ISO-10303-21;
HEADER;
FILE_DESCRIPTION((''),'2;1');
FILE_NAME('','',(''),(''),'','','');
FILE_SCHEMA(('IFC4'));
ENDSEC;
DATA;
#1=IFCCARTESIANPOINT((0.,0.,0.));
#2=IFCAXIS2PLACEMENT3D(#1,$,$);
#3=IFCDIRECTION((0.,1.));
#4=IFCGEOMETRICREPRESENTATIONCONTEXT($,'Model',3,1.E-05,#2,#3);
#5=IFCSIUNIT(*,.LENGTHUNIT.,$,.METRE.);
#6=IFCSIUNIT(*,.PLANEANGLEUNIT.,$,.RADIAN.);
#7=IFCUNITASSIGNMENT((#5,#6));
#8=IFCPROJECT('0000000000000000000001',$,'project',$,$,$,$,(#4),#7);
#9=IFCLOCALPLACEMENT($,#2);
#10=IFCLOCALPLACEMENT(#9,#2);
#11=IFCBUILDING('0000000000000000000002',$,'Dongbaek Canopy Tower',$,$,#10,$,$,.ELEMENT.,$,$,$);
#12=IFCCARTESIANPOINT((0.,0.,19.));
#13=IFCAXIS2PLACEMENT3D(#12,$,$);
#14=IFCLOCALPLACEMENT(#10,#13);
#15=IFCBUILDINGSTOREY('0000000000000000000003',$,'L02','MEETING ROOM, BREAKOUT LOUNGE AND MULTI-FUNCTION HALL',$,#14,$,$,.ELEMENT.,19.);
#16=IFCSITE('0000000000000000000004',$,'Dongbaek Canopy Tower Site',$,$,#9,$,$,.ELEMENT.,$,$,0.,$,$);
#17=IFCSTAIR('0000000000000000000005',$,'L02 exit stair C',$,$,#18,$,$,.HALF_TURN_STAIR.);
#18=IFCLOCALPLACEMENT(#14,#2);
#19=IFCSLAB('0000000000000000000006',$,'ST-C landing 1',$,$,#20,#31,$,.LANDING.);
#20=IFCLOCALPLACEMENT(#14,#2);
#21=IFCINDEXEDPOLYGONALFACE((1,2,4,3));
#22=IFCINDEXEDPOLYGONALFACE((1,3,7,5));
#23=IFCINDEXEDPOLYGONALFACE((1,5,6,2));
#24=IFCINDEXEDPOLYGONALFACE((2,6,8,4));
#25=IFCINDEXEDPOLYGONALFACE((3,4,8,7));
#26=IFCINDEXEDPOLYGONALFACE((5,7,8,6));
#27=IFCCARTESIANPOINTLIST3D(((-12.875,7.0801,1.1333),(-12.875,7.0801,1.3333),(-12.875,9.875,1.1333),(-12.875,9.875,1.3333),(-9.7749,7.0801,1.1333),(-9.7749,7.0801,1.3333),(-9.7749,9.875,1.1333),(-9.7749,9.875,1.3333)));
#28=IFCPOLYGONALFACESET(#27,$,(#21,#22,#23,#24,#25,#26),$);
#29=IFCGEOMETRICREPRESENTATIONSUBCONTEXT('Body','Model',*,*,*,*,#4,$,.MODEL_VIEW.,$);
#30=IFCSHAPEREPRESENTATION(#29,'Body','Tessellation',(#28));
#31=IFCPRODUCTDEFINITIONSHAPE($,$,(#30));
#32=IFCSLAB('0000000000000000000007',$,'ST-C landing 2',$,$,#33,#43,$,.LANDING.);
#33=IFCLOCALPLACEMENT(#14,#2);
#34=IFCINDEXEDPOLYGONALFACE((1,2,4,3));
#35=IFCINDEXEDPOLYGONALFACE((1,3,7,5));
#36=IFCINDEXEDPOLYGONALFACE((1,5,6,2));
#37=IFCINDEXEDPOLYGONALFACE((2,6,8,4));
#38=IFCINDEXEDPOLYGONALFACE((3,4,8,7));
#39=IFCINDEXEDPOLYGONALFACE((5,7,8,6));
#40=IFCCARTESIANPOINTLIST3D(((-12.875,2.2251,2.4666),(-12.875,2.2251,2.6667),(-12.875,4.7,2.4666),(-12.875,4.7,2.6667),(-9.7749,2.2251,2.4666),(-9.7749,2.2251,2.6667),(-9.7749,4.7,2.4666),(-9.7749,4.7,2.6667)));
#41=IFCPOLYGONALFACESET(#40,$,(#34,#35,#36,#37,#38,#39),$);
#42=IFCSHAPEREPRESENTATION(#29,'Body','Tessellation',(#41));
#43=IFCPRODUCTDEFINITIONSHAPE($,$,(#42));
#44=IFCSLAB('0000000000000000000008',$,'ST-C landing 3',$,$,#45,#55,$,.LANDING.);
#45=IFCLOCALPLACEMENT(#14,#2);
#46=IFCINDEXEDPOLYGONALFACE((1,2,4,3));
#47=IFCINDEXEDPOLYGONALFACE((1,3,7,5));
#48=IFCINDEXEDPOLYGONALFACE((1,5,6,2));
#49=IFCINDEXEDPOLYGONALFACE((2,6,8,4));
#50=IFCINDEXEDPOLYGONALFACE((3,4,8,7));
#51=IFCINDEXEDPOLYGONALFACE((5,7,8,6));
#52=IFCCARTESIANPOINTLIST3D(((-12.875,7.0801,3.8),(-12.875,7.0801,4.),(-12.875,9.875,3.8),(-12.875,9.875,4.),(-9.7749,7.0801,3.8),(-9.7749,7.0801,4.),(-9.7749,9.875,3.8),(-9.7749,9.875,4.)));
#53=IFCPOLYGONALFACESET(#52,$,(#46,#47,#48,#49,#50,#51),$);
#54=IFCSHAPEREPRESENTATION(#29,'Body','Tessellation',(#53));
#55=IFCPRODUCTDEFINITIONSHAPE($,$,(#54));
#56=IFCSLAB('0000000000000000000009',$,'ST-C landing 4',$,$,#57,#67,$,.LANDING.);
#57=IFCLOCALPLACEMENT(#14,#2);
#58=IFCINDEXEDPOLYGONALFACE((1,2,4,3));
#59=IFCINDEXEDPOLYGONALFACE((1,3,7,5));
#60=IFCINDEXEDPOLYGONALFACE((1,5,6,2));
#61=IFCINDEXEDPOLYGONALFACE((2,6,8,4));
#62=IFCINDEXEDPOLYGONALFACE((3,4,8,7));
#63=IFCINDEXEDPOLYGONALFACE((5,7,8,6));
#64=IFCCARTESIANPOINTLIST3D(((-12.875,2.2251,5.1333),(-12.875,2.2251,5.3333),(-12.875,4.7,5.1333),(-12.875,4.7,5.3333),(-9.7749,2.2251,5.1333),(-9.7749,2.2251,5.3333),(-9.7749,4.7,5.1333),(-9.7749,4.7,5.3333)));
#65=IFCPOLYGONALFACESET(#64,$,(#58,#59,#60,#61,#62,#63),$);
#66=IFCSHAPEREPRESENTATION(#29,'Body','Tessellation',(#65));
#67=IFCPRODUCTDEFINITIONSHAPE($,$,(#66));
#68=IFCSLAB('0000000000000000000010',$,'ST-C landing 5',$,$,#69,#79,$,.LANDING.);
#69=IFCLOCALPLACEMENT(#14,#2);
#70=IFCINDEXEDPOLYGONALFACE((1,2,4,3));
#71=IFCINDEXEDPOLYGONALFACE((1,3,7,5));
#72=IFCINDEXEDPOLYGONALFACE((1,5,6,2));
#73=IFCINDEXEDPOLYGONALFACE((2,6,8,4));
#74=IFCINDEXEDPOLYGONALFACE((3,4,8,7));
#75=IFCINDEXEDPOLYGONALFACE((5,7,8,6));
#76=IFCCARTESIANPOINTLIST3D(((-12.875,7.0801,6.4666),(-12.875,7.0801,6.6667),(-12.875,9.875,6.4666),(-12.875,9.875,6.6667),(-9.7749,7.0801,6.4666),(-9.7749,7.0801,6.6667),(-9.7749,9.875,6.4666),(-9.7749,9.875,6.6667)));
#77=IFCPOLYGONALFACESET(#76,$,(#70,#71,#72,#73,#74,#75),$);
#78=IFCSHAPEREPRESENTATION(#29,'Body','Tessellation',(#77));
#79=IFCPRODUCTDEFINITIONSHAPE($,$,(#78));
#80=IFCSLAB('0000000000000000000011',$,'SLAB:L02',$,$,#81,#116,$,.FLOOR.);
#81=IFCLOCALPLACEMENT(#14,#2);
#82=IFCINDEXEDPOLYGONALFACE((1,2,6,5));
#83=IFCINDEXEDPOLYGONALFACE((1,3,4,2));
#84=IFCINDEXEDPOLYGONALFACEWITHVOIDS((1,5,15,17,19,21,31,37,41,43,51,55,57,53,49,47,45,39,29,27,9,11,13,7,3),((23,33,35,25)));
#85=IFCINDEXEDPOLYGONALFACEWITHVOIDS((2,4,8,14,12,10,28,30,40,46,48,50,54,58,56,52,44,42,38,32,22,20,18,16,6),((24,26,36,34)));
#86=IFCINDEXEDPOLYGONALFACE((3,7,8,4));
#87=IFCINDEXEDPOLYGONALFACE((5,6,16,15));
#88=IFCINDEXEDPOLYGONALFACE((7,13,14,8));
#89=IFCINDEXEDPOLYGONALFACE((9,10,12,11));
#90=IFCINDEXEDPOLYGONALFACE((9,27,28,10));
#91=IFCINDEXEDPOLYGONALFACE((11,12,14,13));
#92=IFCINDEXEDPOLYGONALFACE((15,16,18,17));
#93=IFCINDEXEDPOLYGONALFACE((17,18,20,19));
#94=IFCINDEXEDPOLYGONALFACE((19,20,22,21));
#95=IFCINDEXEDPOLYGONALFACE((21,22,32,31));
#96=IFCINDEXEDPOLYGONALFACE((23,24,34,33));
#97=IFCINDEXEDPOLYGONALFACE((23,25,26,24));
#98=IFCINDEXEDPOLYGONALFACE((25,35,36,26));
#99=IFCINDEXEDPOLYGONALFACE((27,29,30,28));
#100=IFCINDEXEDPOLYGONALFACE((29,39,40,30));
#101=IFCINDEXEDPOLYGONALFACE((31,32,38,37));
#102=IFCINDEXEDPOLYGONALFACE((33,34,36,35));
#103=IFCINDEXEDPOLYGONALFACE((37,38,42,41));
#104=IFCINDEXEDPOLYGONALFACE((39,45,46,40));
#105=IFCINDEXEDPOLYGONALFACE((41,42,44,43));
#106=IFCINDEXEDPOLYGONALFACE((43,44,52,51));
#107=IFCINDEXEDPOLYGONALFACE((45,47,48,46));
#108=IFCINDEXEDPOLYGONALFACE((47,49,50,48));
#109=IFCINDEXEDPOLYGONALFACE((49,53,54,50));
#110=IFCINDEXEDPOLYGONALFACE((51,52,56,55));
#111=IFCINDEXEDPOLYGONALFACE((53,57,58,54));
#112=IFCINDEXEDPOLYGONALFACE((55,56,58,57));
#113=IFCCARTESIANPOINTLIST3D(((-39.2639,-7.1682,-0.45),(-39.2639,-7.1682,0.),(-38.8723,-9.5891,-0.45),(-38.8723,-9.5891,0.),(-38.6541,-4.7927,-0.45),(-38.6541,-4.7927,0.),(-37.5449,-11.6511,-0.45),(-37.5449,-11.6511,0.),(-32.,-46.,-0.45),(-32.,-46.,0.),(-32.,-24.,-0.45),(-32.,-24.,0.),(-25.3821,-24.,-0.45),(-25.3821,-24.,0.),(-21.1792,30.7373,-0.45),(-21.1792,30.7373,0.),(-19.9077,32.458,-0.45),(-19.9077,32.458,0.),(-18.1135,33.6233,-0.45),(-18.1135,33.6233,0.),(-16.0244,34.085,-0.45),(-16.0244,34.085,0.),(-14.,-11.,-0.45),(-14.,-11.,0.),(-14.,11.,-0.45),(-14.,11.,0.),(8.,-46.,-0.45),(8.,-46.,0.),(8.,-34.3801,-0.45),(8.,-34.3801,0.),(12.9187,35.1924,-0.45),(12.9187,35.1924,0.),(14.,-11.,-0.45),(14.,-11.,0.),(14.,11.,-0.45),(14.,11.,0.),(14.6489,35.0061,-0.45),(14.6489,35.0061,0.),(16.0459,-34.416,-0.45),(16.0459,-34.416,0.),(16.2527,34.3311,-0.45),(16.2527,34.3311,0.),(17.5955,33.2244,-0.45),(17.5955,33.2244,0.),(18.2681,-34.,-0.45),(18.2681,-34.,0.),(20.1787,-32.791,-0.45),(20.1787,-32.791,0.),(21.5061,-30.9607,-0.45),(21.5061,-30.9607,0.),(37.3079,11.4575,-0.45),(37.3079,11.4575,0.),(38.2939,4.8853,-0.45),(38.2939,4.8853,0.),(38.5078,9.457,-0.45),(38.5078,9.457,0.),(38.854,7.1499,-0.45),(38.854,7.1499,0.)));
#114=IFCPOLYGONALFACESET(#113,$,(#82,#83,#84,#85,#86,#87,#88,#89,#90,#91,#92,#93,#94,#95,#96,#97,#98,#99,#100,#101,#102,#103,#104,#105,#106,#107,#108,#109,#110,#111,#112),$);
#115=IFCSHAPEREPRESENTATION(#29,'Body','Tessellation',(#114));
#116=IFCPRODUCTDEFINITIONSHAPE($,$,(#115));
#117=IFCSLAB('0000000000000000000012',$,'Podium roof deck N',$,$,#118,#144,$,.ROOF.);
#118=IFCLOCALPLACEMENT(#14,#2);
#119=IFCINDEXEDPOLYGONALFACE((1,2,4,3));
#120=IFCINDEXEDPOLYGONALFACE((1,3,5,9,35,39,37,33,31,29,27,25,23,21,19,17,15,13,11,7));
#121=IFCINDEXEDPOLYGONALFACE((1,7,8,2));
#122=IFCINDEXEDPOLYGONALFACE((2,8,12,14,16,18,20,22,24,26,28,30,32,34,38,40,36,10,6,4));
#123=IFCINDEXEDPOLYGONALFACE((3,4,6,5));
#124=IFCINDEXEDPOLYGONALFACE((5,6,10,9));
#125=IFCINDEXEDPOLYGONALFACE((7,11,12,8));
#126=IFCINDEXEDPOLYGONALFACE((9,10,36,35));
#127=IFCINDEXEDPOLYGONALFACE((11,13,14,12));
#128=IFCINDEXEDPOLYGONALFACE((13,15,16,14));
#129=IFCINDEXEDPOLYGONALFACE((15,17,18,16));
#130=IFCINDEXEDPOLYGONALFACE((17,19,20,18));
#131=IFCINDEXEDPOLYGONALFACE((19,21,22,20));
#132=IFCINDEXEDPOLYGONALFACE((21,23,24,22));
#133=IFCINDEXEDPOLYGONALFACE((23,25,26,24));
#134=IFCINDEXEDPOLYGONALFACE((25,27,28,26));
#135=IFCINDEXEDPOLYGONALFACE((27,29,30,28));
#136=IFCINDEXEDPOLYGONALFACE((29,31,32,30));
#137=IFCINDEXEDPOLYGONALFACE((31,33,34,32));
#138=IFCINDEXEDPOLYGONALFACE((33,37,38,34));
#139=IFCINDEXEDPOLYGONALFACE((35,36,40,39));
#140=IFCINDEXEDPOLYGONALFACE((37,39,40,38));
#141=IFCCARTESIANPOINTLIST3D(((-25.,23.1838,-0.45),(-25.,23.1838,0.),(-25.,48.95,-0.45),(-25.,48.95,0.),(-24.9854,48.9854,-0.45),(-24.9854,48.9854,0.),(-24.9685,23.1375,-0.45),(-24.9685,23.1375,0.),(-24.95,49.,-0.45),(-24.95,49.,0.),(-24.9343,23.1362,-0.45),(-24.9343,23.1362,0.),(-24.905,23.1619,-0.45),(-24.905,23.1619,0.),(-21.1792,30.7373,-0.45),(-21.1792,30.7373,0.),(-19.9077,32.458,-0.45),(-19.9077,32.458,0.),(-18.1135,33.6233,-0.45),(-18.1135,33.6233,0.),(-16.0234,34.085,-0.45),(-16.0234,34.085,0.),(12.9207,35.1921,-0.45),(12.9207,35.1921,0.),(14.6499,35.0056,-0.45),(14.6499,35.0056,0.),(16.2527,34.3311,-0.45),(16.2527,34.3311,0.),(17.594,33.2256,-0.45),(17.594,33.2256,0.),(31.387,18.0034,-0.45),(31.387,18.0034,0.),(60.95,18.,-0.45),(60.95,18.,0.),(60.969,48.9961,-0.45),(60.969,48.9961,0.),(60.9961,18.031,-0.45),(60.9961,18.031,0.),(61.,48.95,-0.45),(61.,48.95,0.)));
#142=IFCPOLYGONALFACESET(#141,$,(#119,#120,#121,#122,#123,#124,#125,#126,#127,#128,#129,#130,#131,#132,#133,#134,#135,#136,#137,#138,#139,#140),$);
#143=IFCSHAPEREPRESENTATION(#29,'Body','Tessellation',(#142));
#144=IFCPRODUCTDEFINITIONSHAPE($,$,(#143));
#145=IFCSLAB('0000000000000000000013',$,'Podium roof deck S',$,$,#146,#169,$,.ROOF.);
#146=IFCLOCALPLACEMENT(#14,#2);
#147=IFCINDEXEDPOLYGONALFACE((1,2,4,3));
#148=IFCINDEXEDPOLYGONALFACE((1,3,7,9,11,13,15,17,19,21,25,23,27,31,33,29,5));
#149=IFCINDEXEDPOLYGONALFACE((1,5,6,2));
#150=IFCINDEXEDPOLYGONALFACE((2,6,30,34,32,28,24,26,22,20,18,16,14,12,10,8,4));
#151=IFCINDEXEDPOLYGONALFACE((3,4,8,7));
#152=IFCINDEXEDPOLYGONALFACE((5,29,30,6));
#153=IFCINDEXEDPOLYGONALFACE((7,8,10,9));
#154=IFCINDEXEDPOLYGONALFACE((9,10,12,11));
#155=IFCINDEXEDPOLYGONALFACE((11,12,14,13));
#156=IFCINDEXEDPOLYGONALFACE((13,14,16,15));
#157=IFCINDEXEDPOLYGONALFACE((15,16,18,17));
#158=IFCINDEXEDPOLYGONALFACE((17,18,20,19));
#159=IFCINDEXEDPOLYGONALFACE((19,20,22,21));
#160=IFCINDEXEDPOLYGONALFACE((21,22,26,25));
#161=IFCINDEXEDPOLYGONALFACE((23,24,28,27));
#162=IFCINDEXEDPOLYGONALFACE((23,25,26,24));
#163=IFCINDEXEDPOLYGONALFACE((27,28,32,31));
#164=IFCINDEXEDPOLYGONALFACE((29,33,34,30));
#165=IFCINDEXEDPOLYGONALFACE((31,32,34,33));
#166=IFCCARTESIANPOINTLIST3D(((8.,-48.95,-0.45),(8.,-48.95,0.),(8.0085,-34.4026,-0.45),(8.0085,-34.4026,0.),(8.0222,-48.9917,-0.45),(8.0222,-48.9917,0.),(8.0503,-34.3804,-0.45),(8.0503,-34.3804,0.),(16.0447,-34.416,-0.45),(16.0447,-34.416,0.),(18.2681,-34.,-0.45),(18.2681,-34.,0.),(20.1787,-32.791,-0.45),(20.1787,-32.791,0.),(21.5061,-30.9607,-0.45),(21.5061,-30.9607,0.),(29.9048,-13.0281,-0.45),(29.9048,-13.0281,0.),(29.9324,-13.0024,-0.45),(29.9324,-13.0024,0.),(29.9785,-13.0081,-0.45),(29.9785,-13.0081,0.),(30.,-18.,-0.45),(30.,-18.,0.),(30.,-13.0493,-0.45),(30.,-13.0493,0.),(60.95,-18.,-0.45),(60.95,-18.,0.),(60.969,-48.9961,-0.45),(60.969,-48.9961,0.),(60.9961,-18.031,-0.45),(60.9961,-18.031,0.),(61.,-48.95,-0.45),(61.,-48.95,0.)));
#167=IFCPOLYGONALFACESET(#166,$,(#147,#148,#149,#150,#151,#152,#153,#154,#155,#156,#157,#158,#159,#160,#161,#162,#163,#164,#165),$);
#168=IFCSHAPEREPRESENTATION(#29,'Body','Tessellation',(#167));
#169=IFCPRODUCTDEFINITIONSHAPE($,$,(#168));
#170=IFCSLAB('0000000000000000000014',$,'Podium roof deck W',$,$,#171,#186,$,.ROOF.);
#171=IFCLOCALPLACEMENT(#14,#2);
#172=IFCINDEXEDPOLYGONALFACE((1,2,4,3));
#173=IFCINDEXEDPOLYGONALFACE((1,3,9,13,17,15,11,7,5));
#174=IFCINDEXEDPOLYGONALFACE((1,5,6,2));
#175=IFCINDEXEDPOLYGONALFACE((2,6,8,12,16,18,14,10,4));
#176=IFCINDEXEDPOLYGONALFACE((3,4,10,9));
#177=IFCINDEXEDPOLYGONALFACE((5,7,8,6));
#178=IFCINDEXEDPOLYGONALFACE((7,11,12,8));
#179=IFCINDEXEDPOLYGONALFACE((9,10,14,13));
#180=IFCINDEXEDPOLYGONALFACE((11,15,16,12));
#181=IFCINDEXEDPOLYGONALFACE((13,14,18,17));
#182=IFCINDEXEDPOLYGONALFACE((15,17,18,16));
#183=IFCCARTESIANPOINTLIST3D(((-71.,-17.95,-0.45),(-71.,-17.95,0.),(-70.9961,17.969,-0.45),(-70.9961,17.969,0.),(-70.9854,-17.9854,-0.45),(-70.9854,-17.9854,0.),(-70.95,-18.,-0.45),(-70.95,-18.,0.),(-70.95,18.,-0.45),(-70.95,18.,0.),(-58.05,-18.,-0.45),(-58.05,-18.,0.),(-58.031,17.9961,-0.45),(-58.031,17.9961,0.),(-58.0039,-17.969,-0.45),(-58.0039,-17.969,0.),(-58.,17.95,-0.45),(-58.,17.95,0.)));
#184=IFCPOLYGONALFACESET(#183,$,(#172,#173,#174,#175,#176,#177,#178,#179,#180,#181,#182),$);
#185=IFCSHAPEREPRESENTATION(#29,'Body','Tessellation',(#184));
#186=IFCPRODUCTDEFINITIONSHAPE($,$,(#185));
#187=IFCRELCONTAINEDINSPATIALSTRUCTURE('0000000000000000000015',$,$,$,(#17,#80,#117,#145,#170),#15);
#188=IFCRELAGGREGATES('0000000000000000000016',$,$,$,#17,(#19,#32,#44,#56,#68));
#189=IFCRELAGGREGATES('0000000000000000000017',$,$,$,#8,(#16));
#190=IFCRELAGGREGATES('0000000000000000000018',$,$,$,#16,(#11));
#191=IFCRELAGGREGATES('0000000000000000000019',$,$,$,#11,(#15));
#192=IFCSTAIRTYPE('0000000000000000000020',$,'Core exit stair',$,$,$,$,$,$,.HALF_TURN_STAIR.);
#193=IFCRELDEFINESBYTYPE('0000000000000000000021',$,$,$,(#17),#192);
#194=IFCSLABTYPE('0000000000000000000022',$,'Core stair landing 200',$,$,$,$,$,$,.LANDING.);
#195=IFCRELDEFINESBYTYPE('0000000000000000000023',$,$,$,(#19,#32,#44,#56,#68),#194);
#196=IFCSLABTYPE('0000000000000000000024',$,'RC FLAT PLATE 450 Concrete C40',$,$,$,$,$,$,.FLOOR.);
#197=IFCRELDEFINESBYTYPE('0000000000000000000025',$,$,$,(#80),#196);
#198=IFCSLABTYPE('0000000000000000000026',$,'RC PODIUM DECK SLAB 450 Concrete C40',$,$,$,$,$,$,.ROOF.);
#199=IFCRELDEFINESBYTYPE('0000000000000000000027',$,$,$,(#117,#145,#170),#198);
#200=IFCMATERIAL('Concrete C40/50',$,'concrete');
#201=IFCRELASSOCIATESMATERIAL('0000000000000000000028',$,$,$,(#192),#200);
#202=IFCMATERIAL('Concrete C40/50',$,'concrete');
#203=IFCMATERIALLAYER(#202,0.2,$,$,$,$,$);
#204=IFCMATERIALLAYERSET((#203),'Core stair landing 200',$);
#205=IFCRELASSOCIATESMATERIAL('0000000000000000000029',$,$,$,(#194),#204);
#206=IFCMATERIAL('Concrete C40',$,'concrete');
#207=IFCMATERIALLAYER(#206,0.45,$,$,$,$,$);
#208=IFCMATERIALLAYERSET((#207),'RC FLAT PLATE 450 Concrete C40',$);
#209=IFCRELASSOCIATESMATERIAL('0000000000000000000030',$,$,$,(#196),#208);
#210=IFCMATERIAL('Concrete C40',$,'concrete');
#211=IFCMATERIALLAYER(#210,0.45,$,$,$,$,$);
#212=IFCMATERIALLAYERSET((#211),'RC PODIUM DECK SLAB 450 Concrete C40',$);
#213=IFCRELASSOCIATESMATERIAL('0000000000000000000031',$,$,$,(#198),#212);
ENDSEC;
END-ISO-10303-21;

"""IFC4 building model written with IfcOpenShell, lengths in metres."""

from ifc_helpers import new_model, si_unit, direction, frame, origin, place, context, subcontext, project, spatial, polyline, outline, extrude, material, layer, layer_set, type_object, element, aggregate, save


model = new_model("IFC4")

# Units and contexts
model_context = context("Model", 3, precision=1e-05, world=origin(), true_north=direction((0.0, 1.0)))
body_context = subcontext(model_context, "Body", "Model", "MODEL_VIEW")
ifc_project = project(units=[si_unit("LENGTHUNIT", "METRE"), si_unit("PLANEANGLEUNIT", "RADIAN")], contexts=[model_context])

# Site, building, storey
site_placement = place(None, origin())
site = spatial("IfcSite", under=ifc_project, at=site_placement, Name="Dongbaek Canopy Tower Site", CompositionType="ELEMENT", RefElevation=0.0)
building_placement = place(site_placement, origin())
building = spatial("IfcBuilding", under=site, at=building_placement, Name="Dongbaek Canopy Tower", CompositionType="ELEMENT")
storey_placement = place(building_placement, frame((0.0, 0.0, 19.0)))
storey = spatial("IfcBuildingStorey", under=building, at=storey_placement, Name="L02", Description="MEETING ROOM, BREAKOUT LOUNGE AND MULTI-FUNCTION HALL", CompositionType="ELEMENT", Elevation=19.0)

# Stair, slabs
ifc_material_1 = material(Name="Concrete C40/50", Category="concrete")
stair_type = type_object("IfcStairType", Name="Core exit stair", PredefinedType="HALF_TURN_STAIR", material=ifc_material_1)
ifc_material_2 = material(Name="Concrete C40/50", Category="concrete")
ifc_layer_1 = layer(ifc_material_2, 0.2)
ifc_layer_set_1 = layer_set([ifc_layer_1], Name="Core stair landing 200")
slab_type_1 = type_object("IfcSlabType", Name="Core stair landing 200", PredefinedType="LANDING", material=ifc_layer_set_1)
stair_1_placement = place(storey_placement, origin())
stair_1 = element("IfcStair", 1, at=stair_1_placement, inside=storey, type_object=stair_type, Name="L02 exit stair C", PredefinedType="HALF_TURN_STAIR")
slab_1_placement = place(storey_placement, frame((0.0, 0.0, 1.1333)))
slab_1 = element("IfcSlab", 2, at=slab_1_placement, type_object=slab_type_1, Name="ST-C landing 1", PredefinedType="LANDING", context=body_context, shape_type="SweptSolid", body=[
    extrude(outline(polyline([(-9.7749, 7.0801), (-9.7749, 9.875), (-12.875, 9.875), (-12.875, 7.0801), (-9.7749, 7.0801)])), origin(), (0.0, 0.0, 1.0), 0.2),
])
slab_2_placement = place(storey_placement, frame((0.0, 0.0, 2.4666)))
slab_2 = element("IfcSlab", 3, at=slab_2_placement, type_object=slab_type_1, Name="ST-C landing 2", PredefinedType="LANDING", context=body_context, shape_type="SweptSolid", body=[
    extrude(outline(polyline([(-9.7749, 2.2251), (-9.7749, 4.7), (-12.875, 4.7), (-12.875, 2.2251), (-9.7749, 2.2251)])), origin(), (0.0, 0.0, 1.0), 0.2002),
])
slab_3_placement = place(storey_placement, frame((0.0, 0.0, 3.8)))
slab_3 = element("IfcSlab", 4, at=slab_3_placement, type_object=slab_type_1, Name="ST-C landing 3", PredefinedType="LANDING", context=body_context, shape_type="SweptSolid", body=[
    extrude(outline(polyline([(-9.7749, 7.0801), (-9.7749, 9.875), (-12.875, 9.875), (-12.875, 7.0801), (-9.7749, 7.0801)])), origin(), (0.0, 0.0, 1.0), 0.2),
])
slab_4_placement = place(storey_placement, frame((0.0, 0.0, 5.1333)))
slab_4 = element("IfcSlab", 5, at=slab_4_placement, type_object=slab_type_1, Name="ST-C landing 4", PredefinedType="LANDING", context=body_context, shape_type="SweptSolid", body=[
    extrude(outline(polyline([(-9.7749, 2.2251), (-9.7749, 4.7), (-12.875, 4.7), (-12.875, 2.2251), (-9.7749, 2.2251)])), origin(), (0.0, 0.0, 1.0), 0.2),
])
slab_5_placement = place(storey_placement, frame((0.0, 0.0, 6.4666)))
slab_5 = element("IfcSlab", 6, at=slab_5_placement, type_object=slab_type_1, Name="ST-C landing 5", PredefinedType="LANDING", context=body_context, shape_type="SweptSolid", body=[
    extrude(outline(polyline([(-9.7749, 7.0801), (-9.7749, 9.875), (-12.875, 9.875), (-12.875, 7.0801), (-9.7749, 7.0801)])), origin(), (0.0, 0.0, 1.0), 0.2002),
])
aggregate(stair_1, [slab_1, slab_2, slab_3, slab_4, slab_5])

# Slabs
ifc_material_3 = material(Name="Concrete C40", Category="concrete")
ifc_layer_2 = layer(ifc_material_3, 0.45)
ifc_layer_set_2 = layer_set([ifc_layer_2], Name="RC FLAT PLATE 450 Concrete C40")
slab_type_2 = type_object("IfcSlabType", Name="RC FLAT PLATE 450 Concrete C40", PredefinedType="FLOOR", material=ifc_layer_set_2)
slab_6_placement = place(storey_placement, frame((0.0, 0.0, -0.45)))
element("IfcSlab", 7, at=slab_6_placement, inside=storey, type_object=slab_type_2, Name="SLAB:L02", PredefinedType="FLOOR", context=body_context, shape_type="SweptSolid", body=[
    extrude(outline(polyline([(8.0, -46.0), (-32.0, -46.0), (-32.0, -24.0), (-25.3821, -24.0), (-37.5449, -11.6511), (-38.8723, -9.5891), (-39.2639, -7.1682), (-38.6541, -4.7927), (-21.1792, 30.7373), (-19.9077, 32.458), (-18.1135, 33.6233), (-16.0244, 34.085), (12.9187, 35.1924), (14.6489, 35.0061), (16.2527, 34.3311), (17.5955, 33.2244), (37.3079, 11.4575), (38.5078, 9.457), (38.854, 7.1499), (38.2939, 4.8853), (21.5061, -30.9607), (20.1787, -32.791), (18.2681, -34.0), (16.0459, -34.416), (8.0, -34.3801), (8.0, -46.0)]), holes=[polyline([(14.0, 11.0), (-14.0, 11.0), (-14.0, -11.0), (14.0, -11.0), (14.0, 11.0)])]), origin(), (0.0, 0.0, 1.0), 0.45),
])
ifc_material_4 = material(Name="Concrete C40", Category="concrete")
ifc_layer_3 = layer(ifc_material_4, 0.45)
ifc_layer_set_3 = layer_set([ifc_layer_3], Name="RC PODIUM DECK SLAB 450 Concrete C40")
slab_type_3 = type_object("IfcSlabType", Name="RC PODIUM DECK SLAB 450 Concrete C40", PredefinedType="ROOF", material=ifc_layer_set_3)
slab_7_placement = place(storey_placement, frame((0.0, 0.0, -0.45)))
element("IfcSlab", 8, at=slab_7_placement, inside=storey, type_object=slab_type_3, Name="Podium roof deck N", PredefinedType="ROOF", context=body_context, shape_type="SweptSolid", body=[
    extrude(outline(polyline([(-25.0, 48.95), (-24.9854, 48.9854), (-24.95, 49.0), (60.969, 48.9961), (61.0, 48.95), (60.9961, 18.031), (60.95, 18.0), (31.387, 18.0034), (17.594, 33.2256), (16.2527, 34.3311), (14.6499, 35.0056), (12.9207, 35.1921), (-16.0234, 34.085), (-18.1135, 33.6233), (-19.9077, 32.458), (-21.1792, 30.7373), (-24.905, 23.1619), (-24.9343, 23.1362), (-24.9685, 23.1375), (-25.0, 23.1838), (-25.0, 48.95)])), origin(), (0.0, 0.0, 1.0), 0.45),
])
slab_8_placement = place(storey_placement, frame((0.0, 0.0, -0.45)))
element("IfcSlab", 9, at=slab_8_placement, inside=storey, type_object=slab_type_3, Name="Podium roof deck S", PredefinedType="ROOF", context=body_context, shape_type="SweptSolid", body=[
    extrude(outline(polyline([(18.2681, -34.0), (20.1787, -32.791), (21.5061, -30.9607), (29.9048, -13.0281), (29.9324, -13.0024), (29.9785, -13.0081), (30.0, -13.0493), (30.0, -18.0), (60.95, -18.0), (60.9961, -18.031), (61.0, -48.95), (60.969, -48.9961), (8.0222, -48.9917), (8.0, -48.95), (8.0085, -34.4026), (8.0503, -34.3804), (16.0447, -34.416), (18.2681, -34.0)])), origin(), (0.0, 0.0, 1.0), 0.45),
])
slab_9_placement = place(storey_placement, frame((0.0, 0.0, -0.45)))
element("IfcSlab", 10, at=slab_9_placement, inside=storey, type_object=slab_type_3, Name="Podium roof deck W", PredefinedType="ROOF", context=body_context, shape_type="SweptSolid", body=[
    extrude(outline(polyline([(-70.95, -18.0), (-70.9854, -17.9854), (-71.0, -17.95), (-70.9961, 17.969), (-70.95, 18.0), (-58.031, 17.9961), (-58.0, 17.95), (-58.0039, -17.969), (-58.05, -18.0), (-70.95, -18.0)])), origin(), (0.0, 0.0, 1.0), 0.45),
])

save(model, "model.ifc")
